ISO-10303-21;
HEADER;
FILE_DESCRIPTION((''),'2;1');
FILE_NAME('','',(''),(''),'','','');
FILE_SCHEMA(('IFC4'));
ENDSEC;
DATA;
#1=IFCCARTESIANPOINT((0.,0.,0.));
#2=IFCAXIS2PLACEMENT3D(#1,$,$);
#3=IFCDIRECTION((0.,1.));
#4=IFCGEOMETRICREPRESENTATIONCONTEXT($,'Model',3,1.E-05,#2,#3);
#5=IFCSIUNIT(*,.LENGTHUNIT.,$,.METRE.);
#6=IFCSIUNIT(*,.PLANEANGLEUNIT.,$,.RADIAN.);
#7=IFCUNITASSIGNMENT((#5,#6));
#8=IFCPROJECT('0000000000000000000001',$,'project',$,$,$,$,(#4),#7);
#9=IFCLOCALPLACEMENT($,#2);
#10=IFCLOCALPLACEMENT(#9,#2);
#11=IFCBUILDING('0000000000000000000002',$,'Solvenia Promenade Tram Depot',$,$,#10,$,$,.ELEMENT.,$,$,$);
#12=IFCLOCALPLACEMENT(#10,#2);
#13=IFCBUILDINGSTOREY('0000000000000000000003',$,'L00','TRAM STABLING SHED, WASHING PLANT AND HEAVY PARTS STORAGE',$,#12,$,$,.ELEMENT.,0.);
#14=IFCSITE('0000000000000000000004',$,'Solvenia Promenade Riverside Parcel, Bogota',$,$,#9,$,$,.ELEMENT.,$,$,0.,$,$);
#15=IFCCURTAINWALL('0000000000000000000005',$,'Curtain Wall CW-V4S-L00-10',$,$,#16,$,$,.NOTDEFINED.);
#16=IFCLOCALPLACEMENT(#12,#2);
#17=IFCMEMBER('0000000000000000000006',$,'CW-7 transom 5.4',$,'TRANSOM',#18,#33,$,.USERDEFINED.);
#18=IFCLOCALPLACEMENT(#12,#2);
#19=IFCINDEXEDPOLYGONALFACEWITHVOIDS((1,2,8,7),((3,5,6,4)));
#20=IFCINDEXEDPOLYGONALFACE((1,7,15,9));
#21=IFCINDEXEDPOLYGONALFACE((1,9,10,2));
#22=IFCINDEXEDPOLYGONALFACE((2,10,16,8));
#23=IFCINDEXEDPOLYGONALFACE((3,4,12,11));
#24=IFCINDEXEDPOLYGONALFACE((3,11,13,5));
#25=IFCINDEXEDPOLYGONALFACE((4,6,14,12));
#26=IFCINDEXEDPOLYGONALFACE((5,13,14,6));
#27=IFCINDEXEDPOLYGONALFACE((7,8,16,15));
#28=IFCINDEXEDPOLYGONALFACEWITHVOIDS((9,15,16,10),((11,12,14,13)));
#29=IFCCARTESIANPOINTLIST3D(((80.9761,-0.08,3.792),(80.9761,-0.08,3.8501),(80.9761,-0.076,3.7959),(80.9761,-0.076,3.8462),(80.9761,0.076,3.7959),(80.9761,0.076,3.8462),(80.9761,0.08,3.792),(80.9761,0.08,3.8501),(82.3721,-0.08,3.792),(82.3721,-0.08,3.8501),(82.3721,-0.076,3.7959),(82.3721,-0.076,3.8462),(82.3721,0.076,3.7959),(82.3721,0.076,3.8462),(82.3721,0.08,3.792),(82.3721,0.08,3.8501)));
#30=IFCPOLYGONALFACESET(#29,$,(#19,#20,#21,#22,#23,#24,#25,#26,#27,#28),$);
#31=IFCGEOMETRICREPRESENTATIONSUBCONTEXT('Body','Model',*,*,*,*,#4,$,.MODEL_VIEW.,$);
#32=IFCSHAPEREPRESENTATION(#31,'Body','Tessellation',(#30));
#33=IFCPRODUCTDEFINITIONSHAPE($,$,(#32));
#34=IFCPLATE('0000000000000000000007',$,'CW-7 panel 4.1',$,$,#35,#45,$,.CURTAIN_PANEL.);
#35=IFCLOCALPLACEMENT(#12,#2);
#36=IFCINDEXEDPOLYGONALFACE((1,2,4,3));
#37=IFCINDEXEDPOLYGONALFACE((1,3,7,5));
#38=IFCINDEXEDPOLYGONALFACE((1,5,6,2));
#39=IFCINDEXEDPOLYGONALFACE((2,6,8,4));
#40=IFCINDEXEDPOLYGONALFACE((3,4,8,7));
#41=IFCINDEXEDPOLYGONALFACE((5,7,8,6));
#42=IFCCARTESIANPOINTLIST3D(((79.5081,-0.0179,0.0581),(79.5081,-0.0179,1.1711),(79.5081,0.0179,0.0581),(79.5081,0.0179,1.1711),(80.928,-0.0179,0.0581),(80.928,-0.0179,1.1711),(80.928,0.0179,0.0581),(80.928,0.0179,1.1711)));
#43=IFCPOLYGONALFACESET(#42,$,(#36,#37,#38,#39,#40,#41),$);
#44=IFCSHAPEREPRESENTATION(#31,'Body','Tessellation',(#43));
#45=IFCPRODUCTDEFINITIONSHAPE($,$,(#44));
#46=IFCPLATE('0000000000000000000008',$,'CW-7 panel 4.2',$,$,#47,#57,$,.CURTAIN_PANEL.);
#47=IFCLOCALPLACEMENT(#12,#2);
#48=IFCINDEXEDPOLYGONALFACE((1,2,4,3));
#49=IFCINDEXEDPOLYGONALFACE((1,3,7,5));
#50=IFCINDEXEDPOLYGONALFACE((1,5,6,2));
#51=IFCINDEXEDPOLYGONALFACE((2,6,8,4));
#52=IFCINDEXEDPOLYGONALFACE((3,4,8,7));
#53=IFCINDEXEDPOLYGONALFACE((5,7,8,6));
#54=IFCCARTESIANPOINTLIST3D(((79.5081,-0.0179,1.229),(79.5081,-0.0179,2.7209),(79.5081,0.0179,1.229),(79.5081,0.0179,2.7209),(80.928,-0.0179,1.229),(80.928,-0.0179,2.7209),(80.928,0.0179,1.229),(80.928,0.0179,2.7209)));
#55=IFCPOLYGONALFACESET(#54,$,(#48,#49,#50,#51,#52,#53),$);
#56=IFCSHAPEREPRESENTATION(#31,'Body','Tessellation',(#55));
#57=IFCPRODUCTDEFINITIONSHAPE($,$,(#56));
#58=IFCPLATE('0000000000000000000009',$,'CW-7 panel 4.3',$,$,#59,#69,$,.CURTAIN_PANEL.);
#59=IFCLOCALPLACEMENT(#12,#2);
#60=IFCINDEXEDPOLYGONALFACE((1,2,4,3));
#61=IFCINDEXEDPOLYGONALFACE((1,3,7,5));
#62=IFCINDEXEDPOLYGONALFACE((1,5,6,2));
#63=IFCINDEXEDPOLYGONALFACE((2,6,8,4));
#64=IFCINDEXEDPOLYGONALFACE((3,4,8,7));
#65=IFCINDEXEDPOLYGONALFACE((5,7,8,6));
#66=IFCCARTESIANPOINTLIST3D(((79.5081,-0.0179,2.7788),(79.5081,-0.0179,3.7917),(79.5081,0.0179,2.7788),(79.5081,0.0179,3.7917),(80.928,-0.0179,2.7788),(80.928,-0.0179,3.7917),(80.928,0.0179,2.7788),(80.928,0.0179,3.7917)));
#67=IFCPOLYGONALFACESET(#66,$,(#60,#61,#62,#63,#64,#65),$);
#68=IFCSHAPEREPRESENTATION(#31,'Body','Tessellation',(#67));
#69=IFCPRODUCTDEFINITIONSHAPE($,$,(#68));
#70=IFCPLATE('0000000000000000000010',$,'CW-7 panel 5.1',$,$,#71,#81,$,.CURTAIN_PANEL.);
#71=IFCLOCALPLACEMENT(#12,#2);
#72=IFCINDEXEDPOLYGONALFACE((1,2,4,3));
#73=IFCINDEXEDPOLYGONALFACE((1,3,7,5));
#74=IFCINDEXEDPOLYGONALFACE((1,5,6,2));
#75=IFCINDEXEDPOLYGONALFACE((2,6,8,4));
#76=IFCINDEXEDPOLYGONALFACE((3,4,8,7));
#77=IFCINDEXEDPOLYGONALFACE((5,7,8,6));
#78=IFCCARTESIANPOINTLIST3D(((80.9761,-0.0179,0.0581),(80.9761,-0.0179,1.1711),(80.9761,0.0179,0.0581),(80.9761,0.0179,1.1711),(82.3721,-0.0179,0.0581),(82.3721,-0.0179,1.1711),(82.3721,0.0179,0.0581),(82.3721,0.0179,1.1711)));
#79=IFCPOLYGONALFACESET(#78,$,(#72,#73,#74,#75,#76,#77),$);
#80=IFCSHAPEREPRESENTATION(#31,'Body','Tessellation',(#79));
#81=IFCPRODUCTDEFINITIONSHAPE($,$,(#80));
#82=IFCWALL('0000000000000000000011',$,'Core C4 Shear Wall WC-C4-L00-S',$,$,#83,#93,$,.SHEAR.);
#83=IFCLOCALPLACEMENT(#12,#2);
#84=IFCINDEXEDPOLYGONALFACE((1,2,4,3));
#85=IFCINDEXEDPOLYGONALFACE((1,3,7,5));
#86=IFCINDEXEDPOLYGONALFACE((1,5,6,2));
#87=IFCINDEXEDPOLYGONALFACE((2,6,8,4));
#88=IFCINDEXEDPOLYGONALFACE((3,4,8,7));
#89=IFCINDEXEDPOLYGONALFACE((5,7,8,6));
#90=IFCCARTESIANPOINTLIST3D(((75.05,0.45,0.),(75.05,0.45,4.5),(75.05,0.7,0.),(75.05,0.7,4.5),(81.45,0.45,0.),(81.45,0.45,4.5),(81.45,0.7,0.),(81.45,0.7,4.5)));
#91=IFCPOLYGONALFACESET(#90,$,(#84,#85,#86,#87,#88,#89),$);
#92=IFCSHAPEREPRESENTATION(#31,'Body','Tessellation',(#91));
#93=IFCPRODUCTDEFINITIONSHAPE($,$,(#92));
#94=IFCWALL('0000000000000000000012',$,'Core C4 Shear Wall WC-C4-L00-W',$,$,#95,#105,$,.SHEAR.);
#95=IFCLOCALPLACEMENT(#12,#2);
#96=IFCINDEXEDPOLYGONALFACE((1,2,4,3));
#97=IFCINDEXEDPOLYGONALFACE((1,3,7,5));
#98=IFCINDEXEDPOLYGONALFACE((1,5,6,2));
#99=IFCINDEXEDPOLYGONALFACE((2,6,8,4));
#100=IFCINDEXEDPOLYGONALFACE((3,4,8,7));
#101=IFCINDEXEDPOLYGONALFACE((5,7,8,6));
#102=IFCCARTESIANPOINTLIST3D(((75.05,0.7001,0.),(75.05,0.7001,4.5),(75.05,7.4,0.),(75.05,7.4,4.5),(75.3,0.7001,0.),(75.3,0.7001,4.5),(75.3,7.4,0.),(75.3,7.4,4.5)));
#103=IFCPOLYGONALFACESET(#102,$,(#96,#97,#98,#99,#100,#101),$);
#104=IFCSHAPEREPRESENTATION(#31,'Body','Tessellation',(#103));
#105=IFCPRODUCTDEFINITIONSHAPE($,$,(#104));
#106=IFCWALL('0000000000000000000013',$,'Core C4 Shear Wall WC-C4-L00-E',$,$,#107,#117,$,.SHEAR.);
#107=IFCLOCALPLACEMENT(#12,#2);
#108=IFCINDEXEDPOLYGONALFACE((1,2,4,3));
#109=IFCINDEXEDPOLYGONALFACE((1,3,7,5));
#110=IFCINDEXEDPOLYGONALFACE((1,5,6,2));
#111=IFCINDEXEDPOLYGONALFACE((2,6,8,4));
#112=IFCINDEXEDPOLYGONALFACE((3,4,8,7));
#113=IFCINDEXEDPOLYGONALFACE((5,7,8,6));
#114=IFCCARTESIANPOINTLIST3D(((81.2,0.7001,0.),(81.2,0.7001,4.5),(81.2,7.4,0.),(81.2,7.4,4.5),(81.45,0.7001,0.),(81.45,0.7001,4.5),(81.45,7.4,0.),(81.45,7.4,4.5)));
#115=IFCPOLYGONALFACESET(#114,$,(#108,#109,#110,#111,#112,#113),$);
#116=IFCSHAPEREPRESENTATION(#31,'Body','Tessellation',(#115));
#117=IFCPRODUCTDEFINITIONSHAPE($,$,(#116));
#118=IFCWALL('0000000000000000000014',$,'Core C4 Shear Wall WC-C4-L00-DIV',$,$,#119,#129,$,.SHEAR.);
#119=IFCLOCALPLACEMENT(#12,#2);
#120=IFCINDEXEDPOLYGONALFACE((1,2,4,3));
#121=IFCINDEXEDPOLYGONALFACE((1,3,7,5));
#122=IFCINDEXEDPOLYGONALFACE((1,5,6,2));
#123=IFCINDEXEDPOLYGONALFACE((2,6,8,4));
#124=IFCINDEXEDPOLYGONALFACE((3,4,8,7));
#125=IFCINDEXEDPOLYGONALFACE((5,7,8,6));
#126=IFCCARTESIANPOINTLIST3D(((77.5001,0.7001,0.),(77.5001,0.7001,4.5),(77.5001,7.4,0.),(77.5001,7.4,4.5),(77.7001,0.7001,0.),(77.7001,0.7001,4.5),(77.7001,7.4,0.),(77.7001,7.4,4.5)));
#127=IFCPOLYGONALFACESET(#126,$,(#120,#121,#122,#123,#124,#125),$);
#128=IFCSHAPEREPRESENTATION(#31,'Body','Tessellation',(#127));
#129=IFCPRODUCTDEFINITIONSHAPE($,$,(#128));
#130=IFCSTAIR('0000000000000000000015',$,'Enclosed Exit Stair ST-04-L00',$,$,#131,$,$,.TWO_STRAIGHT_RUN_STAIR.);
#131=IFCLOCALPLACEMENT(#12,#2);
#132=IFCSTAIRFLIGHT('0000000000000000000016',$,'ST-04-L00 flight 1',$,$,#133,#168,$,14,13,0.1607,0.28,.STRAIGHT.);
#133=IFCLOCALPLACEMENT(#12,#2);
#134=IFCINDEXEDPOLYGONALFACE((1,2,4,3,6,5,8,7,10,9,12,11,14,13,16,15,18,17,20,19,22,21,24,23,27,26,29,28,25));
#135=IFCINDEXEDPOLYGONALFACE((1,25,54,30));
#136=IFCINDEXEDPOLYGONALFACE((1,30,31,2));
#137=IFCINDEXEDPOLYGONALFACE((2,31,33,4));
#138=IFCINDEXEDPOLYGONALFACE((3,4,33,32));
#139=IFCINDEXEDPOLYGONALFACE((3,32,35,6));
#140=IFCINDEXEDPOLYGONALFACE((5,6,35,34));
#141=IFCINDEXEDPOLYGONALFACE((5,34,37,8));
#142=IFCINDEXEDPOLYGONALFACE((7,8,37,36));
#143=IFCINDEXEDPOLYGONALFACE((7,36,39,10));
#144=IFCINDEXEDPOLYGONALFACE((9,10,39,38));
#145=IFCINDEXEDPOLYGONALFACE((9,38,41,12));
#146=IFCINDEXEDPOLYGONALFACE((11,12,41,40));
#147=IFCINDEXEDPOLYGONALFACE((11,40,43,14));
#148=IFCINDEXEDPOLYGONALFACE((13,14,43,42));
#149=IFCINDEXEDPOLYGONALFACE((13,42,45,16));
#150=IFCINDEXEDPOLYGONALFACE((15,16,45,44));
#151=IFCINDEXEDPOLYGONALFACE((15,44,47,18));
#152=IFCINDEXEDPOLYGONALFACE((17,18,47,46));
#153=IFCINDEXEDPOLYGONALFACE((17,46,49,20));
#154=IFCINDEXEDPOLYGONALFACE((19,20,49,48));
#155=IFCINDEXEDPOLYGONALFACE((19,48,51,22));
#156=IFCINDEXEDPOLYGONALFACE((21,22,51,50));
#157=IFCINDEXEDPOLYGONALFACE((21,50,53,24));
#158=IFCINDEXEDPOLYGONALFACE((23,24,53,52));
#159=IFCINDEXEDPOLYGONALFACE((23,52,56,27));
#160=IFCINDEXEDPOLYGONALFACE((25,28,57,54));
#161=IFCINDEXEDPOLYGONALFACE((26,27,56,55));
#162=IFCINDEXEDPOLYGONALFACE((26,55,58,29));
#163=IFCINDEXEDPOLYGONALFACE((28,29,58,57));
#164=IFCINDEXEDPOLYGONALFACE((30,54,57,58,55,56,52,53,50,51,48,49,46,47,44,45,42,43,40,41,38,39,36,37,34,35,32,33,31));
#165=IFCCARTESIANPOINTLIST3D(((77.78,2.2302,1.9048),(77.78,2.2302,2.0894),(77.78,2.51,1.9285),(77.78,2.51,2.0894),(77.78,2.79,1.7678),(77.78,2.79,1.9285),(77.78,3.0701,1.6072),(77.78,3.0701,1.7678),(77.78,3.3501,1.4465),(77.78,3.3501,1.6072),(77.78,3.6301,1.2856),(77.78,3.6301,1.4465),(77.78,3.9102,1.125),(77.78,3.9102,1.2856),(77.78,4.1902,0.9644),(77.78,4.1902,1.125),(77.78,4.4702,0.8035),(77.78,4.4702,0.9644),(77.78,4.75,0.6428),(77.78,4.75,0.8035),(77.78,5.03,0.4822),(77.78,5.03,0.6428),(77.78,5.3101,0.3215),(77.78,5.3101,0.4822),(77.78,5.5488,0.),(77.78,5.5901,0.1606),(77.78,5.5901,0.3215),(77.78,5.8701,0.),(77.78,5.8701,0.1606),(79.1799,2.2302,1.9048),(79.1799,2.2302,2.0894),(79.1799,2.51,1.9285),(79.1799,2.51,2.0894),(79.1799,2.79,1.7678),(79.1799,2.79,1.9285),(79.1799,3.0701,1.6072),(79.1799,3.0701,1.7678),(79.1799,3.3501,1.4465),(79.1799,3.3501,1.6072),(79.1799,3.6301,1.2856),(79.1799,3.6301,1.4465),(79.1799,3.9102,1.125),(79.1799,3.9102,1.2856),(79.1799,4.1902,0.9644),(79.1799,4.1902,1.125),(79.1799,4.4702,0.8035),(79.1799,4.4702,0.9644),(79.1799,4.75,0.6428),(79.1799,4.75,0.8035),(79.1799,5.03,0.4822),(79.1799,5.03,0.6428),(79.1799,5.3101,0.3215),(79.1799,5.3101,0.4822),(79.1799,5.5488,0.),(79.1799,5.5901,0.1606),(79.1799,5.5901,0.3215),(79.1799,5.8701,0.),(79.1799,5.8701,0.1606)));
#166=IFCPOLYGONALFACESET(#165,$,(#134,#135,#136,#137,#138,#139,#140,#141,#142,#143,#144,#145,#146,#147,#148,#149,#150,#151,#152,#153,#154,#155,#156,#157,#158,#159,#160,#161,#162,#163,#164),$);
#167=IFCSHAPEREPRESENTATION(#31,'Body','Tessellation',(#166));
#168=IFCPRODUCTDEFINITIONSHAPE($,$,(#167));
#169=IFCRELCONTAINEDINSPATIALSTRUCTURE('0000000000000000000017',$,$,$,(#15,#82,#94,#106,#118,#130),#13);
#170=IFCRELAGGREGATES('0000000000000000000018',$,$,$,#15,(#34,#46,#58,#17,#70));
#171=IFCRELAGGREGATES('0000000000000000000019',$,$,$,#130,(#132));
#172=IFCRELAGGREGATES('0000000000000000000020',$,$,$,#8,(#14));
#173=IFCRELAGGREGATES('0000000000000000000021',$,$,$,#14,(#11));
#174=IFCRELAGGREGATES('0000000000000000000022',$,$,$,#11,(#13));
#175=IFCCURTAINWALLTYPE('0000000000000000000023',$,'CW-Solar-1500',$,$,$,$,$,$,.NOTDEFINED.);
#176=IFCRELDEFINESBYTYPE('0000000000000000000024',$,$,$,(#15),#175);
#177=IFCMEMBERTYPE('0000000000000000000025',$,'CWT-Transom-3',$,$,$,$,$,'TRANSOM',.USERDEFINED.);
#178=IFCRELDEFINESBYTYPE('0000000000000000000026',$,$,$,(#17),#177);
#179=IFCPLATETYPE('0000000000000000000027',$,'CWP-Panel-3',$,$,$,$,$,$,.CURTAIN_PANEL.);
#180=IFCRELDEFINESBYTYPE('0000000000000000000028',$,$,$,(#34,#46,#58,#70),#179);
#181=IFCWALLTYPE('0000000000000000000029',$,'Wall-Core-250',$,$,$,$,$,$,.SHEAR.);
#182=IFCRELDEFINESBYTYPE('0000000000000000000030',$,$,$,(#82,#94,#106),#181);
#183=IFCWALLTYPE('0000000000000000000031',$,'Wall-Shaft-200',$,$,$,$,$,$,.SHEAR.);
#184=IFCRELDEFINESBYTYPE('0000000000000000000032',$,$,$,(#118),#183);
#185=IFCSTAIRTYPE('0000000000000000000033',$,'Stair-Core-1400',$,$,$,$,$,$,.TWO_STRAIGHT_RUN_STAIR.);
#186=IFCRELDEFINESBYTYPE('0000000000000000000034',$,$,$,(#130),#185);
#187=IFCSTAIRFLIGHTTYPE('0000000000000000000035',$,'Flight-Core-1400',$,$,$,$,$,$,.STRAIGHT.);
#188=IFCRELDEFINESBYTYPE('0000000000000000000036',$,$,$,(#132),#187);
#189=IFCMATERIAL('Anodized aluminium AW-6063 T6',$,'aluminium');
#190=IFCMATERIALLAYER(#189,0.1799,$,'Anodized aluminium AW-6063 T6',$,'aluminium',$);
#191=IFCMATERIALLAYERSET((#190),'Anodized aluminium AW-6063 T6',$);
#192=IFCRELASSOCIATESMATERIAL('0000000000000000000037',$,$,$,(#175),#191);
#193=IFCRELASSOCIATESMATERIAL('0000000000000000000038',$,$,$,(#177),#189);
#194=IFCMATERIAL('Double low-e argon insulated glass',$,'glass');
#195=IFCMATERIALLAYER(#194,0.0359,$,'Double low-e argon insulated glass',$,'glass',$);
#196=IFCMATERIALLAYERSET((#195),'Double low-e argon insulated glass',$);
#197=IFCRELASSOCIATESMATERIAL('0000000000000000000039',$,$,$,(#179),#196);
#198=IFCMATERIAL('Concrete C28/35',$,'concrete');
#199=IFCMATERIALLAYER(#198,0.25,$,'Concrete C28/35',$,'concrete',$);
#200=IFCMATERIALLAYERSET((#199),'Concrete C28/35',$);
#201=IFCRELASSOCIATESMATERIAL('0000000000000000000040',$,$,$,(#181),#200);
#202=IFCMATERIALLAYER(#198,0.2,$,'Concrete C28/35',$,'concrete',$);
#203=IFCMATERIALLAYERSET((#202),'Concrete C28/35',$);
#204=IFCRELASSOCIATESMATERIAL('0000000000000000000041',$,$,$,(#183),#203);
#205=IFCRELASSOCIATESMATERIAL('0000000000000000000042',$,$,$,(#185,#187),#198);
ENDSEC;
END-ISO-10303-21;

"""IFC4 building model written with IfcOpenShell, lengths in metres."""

from ifc_helpers import new_model, si_unit, direction, frame, frame_2d, origin, origin_2d, place, context, subcontext, project, spatial, polyline, rectangle, hollow_rectangle, outline, extrude, material, layer, layer_set, material_profile, profile_set, type_object, element, aggregate, save


model = new_model("IFC4")

# Units and contexts
model_context = context("Model", 3, precision=1e-05, world=origin(), true_north=direction((0.0, 1.0)))
body_context = subcontext(model_context, "Body", "Model", "MODEL_VIEW")
ifc_project = project(units=[si_unit("LENGTHUNIT", "METRE"), si_unit("PLANEANGLEUNIT", "RADIAN")], contexts=[model_context])

# Site, building, storey
site_placement = place(None, origin())
site = spatial("IfcSite", under=ifc_project, at=site_placement, Name="Solvenia Promenade Riverside Parcel, Bogota", CompositionType="ELEMENT", RefElevation=0.0)
building_placement = place(site_placement, origin())
building = spatial("IfcBuilding", under=site, at=building_placement, Name="Solvenia Promenade Tram Depot", CompositionType="ELEMENT")
storey_placement = place(building_placement, origin())
storey = spatial("IfcBuildingStorey", under=building, at=storey_placement, Name="L00", Description="TRAM STABLING SHED, WASHING PLANT AND HEAVY PARTS STORAGE", CompositionType="ELEMENT", Elevation=0.0)

# Shared definitions
ifc_material_1 = material(Name="Concrete C28/35", Category="concrete")

# Curtain wall, member, plates
ifc_material_2 = material(Name="Anodized aluminium AW-6063 T6", Category="aluminium")
ifc_layer_1 = layer(ifc_material_2, 0.1799, Name="Anodized aluminium AW-6063 T6", Category="aluminium")
ifc_layer_set_1 = layer_set([ifc_layer_1], Name="Anodized aluminium AW-6063 T6")
curtain_wall_type = type_object("IfcCurtainWallType", Name="CW-Solar-1500", PredefinedType="NOTDEFINED", material=ifc_layer_set_1)
curtain_wall_placement = place(storey_placement, origin())
curtain_wall = element("IfcCurtainWall", 1, at=curtain_wall_placement, inside=storey, type_object=curtain_wall_type, Name="Curtain Wall CW-V4S-L00-10", PredefinedType="NOTDEFINED")
ifc_material_profile_1 = material_profile(ifc_material_2, hollow_rectangle(XDim=0.1599, YDim=0.0581, WallThickness=0.0039, at=origin_2d()), Name="ALU-T3", Category="aluminium")
ifc_profile_set_1 = profile_set([ifc_material_profile_1], Name="Anodized aluminium AW-6063 T6")
member_type_1 = type_object("IfcMemberType", Name="CWT-Transom-3", ElementType="TRANSOM", PredefinedType="USERDEFINED", material=ifc_profile_set_1)
member_1_placement = place(storey_placement, frame((80.9761, 0.0, 3.821), z_axis=(1.0, 0.0, 0.0), x_axis=(0.0, 1.0, 0.0)))
member_1 = element("IfcMember", 2, at=member_1_placement, type_object=member_type_1, Name="CW-7 transom 5.4", ObjectType="TRANSOM", PredefinedType="USERDEFINED", context=body_context, shape_type="SweptSolid", body=[
    extrude(hollow_rectangle(XDim=0.1599, YDim=0.0581, WallThickness=0.0039, at=origin_2d()), origin(), (0.0, 0.0, 1.0), 1.396),
])
ifc_material_3 = material(Name="Double low-e argon insulated glass", Category="glass")
ifc_layer_2 = layer(ifc_material_3, 0.0359, Name="Double low-e argon insulated glass", Category="glass")
ifc_layer_set_2 = layer_set([ifc_layer_2], Name="Double low-e argon insulated glass")
plate_type = type_object("IfcPlateType", Name="CWP-Panel-3", PredefinedType="CURTAIN_PANEL", material=ifc_layer_set_2)
plate_1_placement = place(storey_placement, frame((80.218, 0.0, 0.0581), z_axis=(0.0, 0.0, 1.0), x_axis=(1.0, 0.0, 0.0)))
plate_1 = element("IfcPlate", 3, at=plate_1_placement, type_object=plate_type, Name="CW-7 panel 4.1", PredefinedType="CURTAIN_PANEL", context=body_context, shape_type="SweptSolid", body=[
    extrude(rectangle(XDim=1.4199, YDim=0.0359, at=origin_2d()), origin(), (0.0, 0.0, 1.0), 1.113),
])
plate_2_placement = place(storey_placement, frame((80.218, 0.0, 1.229), z_axis=(0.0, 0.0, 1.0), x_axis=(1.0, 0.0, 0.0)))
plate_2 = element("IfcPlate", 4, at=plate_2_placement, type_object=plate_type, Name="CW-7 panel 4.2", PredefinedType="CURTAIN_PANEL", context=body_context, shape_type="SweptSolid", body=[
    extrude(rectangle(XDim=1.4199, YDim=0.0359, at=origin_2d()), origin(), (0.0, 0.0, 1.0), 1.4919),
])
plate_3_placement = place(storey_placement, frame((80.218, 0.0, 2.7788), z_axis=(0.0, 0.0, 1.0), x_axis=(1.0, 0.0, 0.0)))
plate_3 = element("IfcPlate", 5, at=plate_3_placement, type_object=plate_type, Name="CW-7 panel 4.3", PredefinedType="CURTAIN_PANEL", context=body_context, shape_type="SweptSolid", body=[
    extrude(rectangle(XDim=1.4199, YDim=0.0359, at=origin_2d()), origin(), (0.0, 0.0, 1.0), 1.0129),
])
plate_4_placement = place(storey_placement, frame((81.6741, 0.0, 0.0581), z_axis=(0.0, 0.0, 1.0), x_axis=(1.0, 0.0, 0.0)))
plate_4 = element("IfcPlate", 6, at=plate_4_placement, type_object=plate_type, Name="CW-7 panel 5.1", PredefinedType="CURTAIN_PANEL", context=body_context, shape_type="SweptSolid", body=[
    extrude(rectangle(XDim=1.396, YDim=0.0359, at=origin_2d()), origin(), (0.0, 0.0, 1.0), 1.113),
])
aggregate(curtain_wall, [plate_1, plate_2, plate_3, member_1, plate_4])

# Wall
ifc_layer_3 = layer(ifc_material_1, 0.25, Name="Concrete C28/35", Category="concrete")
ifc_layer_set_3 = layer_set([ifc_layer_3], Name="Concrete C28/35")
wall_type_1 = type_object("IfcWallType", Name="Wall-Core-250", PredefinedType="SHEAR", material=ifc_layer_set_3)
wall_1_placement = place(storey_placement, frame((75.05, 0.575, 0.0), z_axis=(0.0, 0.0, 1.0), x_axis=(1.0, 0.0, 0.0)))
element("IfcWall", 7, at=wall_1_placement, inside=storey, type_object=wall_type_1, Name="Core C4 Shear Wall WC-C4-L00-S", PredefinedType="SHEAR", context=body_context, shape_type="SweptSolid", body=[
    extrude(rectangle(XDim=6.3999, YDim=0.25, at=frame_2d((3.2, 0.0))), origin(), (0.0, 0.0, 1.0), 4.5),
])

# Walls
for number, where, z_axis, x_axis, name in (
    (8, (75.175, 0.7, 0.0), (0.0, 0.0, 1.0), (0.0, 1.0, 0.0), "Core C4 Shear Wall WC-C4-L00-W"),
    (9, (81.325, 0.7, 0.0), (0.0, 0.0, 1.0), (0.0, 1.0, 0.0), "Core C4 Shear Wall WC-C4-L00-E"),
):
    element("IfcWall", number, at=place(storey_placement, frame(where, z_axis=z_axis, x_axis=x_axis)), inside=storey, type_object=wall_type_1, Name=name, PredefinedType="SHEAR", context=body_context, shape_type="SweptSolid", body=[
        extrude(rectangle(XDim=6.7, YDim=0.25, at=frame_2d((3.3501, 0.0))), origin(), (0.0, 0.0, 1.0), 4.5),
    ])
ifc_layer_4 = layer(ifc_material_1, 0.2, Name="Concrete C28/35", Category="concrete")
ifc_layer_set_4 = layer_set([ifc_layer_4], Name="Concrete C28/35")
wall_type_2 = type_object("IfcWallType", Name="Wall-Shaft-200", PredefinedType="SHEAR", material=ifc_layer_set_4)
wall_2_placement = place(storey_placement, frame((77.6001, 0.7, 0.0), z_axis=(0.0, 0.0, 1.0), x_axis=(0.0, 1.0, 0.0)))
element("IfcWall", 10, at=wall_2_placement, inside=storey, type_object=wall_type_2, Name="Core C4 Shear Wall WC-C4-L00-DIV", PredefinedType="SHEAR", context=body_context, shape_type="SweptSolid", body=[
    extrude(rectangle(XDim=6.7, YDim=0.2, at=frame_2d((3.3501, 0.0))), origin(), (0.0, 0.0, 1.0), 4.5),
])

# Stair, stair flight
stair_type = type_object("IfcStairType", Name="Stair-Core-1400", PredefinedType="TWO_STRAIGHT_RUN_STAIR", material=ifc_material_1)
stair_placement = place(storey_placement, origin())
stair = element("IfcStair", 11, at=stair_placement, inside=storey, type_object=stair_type, Name="Enclosed Exit Stair ST-04-L00", PredefinedType="TWO_STRAIGHT_RUN_STAIR")
stair_flight_type = type_object("IfcStairFlightType", Name="Flight-Core-1400", PredefinedType="STRAIGHT", material=ifc_material_1)
stair_flight_1_placement = place(storey_placement, frame((78.48, 5.8701, 0.0), z_axis=(0.0, 0.0, 1.0), x_axis=(0.0, -1.0, 0.0)))
stair_flight_1 = element("IfcStairFlight", 12, at=stair_flight_1_placement, type_object=stair_flight_type, Name="ST-04-L00 flight 1", NumberOfRisers=14, NumberOfTreads=13, PredefinedType="STRAIGHT", RiserHeight=0.1607, TreadLength=0.28, context=body_context, shape_type="SweptSolid", body=[
    extrude(outline(polyline([(0.0, 0.0), (0.0, 0.1606), (0.28, 0.1606), (0.28, 0.3215), (0.5601, 0.3215), (0.5601, 0.4822), (0.8401, 0.4822), (0.8401, 0.6428), (1.1201, 0.6428), (1.1201, 0.8035), (1.3999, 0.8035), (1.3999, 0.9644), (1.6799, 0.9644), (1.6799, 1.125), (1.96, 1.125), (1.96, 1.2856), (2.24, 1.2856), (2.24, 1.4465), (2.52, 1.4465), (2.52, 1.6072), (2.8, 1.6072), (2.8, 1.7678), (3.0801, 1.7678), (3.0801, 1.9285), (3.3601, 1.9285), (3.3601, 2.0894), (3.6399, 2.0894), (3.6399, 2.25), (3.6399, 1.9048), (0.3213, 0.0), (0.0, 0.0)])), frame((0.0, 0.7, 0.0), z_axis=(0.0, -1.0, 0.0), x_axis=(1.0, 0.0, 0.0)), (0.0, 0.0, 1.0), 1.3999),
])
aggregate(stair, [stair_flight_1])

save(model, "model.ifc")
